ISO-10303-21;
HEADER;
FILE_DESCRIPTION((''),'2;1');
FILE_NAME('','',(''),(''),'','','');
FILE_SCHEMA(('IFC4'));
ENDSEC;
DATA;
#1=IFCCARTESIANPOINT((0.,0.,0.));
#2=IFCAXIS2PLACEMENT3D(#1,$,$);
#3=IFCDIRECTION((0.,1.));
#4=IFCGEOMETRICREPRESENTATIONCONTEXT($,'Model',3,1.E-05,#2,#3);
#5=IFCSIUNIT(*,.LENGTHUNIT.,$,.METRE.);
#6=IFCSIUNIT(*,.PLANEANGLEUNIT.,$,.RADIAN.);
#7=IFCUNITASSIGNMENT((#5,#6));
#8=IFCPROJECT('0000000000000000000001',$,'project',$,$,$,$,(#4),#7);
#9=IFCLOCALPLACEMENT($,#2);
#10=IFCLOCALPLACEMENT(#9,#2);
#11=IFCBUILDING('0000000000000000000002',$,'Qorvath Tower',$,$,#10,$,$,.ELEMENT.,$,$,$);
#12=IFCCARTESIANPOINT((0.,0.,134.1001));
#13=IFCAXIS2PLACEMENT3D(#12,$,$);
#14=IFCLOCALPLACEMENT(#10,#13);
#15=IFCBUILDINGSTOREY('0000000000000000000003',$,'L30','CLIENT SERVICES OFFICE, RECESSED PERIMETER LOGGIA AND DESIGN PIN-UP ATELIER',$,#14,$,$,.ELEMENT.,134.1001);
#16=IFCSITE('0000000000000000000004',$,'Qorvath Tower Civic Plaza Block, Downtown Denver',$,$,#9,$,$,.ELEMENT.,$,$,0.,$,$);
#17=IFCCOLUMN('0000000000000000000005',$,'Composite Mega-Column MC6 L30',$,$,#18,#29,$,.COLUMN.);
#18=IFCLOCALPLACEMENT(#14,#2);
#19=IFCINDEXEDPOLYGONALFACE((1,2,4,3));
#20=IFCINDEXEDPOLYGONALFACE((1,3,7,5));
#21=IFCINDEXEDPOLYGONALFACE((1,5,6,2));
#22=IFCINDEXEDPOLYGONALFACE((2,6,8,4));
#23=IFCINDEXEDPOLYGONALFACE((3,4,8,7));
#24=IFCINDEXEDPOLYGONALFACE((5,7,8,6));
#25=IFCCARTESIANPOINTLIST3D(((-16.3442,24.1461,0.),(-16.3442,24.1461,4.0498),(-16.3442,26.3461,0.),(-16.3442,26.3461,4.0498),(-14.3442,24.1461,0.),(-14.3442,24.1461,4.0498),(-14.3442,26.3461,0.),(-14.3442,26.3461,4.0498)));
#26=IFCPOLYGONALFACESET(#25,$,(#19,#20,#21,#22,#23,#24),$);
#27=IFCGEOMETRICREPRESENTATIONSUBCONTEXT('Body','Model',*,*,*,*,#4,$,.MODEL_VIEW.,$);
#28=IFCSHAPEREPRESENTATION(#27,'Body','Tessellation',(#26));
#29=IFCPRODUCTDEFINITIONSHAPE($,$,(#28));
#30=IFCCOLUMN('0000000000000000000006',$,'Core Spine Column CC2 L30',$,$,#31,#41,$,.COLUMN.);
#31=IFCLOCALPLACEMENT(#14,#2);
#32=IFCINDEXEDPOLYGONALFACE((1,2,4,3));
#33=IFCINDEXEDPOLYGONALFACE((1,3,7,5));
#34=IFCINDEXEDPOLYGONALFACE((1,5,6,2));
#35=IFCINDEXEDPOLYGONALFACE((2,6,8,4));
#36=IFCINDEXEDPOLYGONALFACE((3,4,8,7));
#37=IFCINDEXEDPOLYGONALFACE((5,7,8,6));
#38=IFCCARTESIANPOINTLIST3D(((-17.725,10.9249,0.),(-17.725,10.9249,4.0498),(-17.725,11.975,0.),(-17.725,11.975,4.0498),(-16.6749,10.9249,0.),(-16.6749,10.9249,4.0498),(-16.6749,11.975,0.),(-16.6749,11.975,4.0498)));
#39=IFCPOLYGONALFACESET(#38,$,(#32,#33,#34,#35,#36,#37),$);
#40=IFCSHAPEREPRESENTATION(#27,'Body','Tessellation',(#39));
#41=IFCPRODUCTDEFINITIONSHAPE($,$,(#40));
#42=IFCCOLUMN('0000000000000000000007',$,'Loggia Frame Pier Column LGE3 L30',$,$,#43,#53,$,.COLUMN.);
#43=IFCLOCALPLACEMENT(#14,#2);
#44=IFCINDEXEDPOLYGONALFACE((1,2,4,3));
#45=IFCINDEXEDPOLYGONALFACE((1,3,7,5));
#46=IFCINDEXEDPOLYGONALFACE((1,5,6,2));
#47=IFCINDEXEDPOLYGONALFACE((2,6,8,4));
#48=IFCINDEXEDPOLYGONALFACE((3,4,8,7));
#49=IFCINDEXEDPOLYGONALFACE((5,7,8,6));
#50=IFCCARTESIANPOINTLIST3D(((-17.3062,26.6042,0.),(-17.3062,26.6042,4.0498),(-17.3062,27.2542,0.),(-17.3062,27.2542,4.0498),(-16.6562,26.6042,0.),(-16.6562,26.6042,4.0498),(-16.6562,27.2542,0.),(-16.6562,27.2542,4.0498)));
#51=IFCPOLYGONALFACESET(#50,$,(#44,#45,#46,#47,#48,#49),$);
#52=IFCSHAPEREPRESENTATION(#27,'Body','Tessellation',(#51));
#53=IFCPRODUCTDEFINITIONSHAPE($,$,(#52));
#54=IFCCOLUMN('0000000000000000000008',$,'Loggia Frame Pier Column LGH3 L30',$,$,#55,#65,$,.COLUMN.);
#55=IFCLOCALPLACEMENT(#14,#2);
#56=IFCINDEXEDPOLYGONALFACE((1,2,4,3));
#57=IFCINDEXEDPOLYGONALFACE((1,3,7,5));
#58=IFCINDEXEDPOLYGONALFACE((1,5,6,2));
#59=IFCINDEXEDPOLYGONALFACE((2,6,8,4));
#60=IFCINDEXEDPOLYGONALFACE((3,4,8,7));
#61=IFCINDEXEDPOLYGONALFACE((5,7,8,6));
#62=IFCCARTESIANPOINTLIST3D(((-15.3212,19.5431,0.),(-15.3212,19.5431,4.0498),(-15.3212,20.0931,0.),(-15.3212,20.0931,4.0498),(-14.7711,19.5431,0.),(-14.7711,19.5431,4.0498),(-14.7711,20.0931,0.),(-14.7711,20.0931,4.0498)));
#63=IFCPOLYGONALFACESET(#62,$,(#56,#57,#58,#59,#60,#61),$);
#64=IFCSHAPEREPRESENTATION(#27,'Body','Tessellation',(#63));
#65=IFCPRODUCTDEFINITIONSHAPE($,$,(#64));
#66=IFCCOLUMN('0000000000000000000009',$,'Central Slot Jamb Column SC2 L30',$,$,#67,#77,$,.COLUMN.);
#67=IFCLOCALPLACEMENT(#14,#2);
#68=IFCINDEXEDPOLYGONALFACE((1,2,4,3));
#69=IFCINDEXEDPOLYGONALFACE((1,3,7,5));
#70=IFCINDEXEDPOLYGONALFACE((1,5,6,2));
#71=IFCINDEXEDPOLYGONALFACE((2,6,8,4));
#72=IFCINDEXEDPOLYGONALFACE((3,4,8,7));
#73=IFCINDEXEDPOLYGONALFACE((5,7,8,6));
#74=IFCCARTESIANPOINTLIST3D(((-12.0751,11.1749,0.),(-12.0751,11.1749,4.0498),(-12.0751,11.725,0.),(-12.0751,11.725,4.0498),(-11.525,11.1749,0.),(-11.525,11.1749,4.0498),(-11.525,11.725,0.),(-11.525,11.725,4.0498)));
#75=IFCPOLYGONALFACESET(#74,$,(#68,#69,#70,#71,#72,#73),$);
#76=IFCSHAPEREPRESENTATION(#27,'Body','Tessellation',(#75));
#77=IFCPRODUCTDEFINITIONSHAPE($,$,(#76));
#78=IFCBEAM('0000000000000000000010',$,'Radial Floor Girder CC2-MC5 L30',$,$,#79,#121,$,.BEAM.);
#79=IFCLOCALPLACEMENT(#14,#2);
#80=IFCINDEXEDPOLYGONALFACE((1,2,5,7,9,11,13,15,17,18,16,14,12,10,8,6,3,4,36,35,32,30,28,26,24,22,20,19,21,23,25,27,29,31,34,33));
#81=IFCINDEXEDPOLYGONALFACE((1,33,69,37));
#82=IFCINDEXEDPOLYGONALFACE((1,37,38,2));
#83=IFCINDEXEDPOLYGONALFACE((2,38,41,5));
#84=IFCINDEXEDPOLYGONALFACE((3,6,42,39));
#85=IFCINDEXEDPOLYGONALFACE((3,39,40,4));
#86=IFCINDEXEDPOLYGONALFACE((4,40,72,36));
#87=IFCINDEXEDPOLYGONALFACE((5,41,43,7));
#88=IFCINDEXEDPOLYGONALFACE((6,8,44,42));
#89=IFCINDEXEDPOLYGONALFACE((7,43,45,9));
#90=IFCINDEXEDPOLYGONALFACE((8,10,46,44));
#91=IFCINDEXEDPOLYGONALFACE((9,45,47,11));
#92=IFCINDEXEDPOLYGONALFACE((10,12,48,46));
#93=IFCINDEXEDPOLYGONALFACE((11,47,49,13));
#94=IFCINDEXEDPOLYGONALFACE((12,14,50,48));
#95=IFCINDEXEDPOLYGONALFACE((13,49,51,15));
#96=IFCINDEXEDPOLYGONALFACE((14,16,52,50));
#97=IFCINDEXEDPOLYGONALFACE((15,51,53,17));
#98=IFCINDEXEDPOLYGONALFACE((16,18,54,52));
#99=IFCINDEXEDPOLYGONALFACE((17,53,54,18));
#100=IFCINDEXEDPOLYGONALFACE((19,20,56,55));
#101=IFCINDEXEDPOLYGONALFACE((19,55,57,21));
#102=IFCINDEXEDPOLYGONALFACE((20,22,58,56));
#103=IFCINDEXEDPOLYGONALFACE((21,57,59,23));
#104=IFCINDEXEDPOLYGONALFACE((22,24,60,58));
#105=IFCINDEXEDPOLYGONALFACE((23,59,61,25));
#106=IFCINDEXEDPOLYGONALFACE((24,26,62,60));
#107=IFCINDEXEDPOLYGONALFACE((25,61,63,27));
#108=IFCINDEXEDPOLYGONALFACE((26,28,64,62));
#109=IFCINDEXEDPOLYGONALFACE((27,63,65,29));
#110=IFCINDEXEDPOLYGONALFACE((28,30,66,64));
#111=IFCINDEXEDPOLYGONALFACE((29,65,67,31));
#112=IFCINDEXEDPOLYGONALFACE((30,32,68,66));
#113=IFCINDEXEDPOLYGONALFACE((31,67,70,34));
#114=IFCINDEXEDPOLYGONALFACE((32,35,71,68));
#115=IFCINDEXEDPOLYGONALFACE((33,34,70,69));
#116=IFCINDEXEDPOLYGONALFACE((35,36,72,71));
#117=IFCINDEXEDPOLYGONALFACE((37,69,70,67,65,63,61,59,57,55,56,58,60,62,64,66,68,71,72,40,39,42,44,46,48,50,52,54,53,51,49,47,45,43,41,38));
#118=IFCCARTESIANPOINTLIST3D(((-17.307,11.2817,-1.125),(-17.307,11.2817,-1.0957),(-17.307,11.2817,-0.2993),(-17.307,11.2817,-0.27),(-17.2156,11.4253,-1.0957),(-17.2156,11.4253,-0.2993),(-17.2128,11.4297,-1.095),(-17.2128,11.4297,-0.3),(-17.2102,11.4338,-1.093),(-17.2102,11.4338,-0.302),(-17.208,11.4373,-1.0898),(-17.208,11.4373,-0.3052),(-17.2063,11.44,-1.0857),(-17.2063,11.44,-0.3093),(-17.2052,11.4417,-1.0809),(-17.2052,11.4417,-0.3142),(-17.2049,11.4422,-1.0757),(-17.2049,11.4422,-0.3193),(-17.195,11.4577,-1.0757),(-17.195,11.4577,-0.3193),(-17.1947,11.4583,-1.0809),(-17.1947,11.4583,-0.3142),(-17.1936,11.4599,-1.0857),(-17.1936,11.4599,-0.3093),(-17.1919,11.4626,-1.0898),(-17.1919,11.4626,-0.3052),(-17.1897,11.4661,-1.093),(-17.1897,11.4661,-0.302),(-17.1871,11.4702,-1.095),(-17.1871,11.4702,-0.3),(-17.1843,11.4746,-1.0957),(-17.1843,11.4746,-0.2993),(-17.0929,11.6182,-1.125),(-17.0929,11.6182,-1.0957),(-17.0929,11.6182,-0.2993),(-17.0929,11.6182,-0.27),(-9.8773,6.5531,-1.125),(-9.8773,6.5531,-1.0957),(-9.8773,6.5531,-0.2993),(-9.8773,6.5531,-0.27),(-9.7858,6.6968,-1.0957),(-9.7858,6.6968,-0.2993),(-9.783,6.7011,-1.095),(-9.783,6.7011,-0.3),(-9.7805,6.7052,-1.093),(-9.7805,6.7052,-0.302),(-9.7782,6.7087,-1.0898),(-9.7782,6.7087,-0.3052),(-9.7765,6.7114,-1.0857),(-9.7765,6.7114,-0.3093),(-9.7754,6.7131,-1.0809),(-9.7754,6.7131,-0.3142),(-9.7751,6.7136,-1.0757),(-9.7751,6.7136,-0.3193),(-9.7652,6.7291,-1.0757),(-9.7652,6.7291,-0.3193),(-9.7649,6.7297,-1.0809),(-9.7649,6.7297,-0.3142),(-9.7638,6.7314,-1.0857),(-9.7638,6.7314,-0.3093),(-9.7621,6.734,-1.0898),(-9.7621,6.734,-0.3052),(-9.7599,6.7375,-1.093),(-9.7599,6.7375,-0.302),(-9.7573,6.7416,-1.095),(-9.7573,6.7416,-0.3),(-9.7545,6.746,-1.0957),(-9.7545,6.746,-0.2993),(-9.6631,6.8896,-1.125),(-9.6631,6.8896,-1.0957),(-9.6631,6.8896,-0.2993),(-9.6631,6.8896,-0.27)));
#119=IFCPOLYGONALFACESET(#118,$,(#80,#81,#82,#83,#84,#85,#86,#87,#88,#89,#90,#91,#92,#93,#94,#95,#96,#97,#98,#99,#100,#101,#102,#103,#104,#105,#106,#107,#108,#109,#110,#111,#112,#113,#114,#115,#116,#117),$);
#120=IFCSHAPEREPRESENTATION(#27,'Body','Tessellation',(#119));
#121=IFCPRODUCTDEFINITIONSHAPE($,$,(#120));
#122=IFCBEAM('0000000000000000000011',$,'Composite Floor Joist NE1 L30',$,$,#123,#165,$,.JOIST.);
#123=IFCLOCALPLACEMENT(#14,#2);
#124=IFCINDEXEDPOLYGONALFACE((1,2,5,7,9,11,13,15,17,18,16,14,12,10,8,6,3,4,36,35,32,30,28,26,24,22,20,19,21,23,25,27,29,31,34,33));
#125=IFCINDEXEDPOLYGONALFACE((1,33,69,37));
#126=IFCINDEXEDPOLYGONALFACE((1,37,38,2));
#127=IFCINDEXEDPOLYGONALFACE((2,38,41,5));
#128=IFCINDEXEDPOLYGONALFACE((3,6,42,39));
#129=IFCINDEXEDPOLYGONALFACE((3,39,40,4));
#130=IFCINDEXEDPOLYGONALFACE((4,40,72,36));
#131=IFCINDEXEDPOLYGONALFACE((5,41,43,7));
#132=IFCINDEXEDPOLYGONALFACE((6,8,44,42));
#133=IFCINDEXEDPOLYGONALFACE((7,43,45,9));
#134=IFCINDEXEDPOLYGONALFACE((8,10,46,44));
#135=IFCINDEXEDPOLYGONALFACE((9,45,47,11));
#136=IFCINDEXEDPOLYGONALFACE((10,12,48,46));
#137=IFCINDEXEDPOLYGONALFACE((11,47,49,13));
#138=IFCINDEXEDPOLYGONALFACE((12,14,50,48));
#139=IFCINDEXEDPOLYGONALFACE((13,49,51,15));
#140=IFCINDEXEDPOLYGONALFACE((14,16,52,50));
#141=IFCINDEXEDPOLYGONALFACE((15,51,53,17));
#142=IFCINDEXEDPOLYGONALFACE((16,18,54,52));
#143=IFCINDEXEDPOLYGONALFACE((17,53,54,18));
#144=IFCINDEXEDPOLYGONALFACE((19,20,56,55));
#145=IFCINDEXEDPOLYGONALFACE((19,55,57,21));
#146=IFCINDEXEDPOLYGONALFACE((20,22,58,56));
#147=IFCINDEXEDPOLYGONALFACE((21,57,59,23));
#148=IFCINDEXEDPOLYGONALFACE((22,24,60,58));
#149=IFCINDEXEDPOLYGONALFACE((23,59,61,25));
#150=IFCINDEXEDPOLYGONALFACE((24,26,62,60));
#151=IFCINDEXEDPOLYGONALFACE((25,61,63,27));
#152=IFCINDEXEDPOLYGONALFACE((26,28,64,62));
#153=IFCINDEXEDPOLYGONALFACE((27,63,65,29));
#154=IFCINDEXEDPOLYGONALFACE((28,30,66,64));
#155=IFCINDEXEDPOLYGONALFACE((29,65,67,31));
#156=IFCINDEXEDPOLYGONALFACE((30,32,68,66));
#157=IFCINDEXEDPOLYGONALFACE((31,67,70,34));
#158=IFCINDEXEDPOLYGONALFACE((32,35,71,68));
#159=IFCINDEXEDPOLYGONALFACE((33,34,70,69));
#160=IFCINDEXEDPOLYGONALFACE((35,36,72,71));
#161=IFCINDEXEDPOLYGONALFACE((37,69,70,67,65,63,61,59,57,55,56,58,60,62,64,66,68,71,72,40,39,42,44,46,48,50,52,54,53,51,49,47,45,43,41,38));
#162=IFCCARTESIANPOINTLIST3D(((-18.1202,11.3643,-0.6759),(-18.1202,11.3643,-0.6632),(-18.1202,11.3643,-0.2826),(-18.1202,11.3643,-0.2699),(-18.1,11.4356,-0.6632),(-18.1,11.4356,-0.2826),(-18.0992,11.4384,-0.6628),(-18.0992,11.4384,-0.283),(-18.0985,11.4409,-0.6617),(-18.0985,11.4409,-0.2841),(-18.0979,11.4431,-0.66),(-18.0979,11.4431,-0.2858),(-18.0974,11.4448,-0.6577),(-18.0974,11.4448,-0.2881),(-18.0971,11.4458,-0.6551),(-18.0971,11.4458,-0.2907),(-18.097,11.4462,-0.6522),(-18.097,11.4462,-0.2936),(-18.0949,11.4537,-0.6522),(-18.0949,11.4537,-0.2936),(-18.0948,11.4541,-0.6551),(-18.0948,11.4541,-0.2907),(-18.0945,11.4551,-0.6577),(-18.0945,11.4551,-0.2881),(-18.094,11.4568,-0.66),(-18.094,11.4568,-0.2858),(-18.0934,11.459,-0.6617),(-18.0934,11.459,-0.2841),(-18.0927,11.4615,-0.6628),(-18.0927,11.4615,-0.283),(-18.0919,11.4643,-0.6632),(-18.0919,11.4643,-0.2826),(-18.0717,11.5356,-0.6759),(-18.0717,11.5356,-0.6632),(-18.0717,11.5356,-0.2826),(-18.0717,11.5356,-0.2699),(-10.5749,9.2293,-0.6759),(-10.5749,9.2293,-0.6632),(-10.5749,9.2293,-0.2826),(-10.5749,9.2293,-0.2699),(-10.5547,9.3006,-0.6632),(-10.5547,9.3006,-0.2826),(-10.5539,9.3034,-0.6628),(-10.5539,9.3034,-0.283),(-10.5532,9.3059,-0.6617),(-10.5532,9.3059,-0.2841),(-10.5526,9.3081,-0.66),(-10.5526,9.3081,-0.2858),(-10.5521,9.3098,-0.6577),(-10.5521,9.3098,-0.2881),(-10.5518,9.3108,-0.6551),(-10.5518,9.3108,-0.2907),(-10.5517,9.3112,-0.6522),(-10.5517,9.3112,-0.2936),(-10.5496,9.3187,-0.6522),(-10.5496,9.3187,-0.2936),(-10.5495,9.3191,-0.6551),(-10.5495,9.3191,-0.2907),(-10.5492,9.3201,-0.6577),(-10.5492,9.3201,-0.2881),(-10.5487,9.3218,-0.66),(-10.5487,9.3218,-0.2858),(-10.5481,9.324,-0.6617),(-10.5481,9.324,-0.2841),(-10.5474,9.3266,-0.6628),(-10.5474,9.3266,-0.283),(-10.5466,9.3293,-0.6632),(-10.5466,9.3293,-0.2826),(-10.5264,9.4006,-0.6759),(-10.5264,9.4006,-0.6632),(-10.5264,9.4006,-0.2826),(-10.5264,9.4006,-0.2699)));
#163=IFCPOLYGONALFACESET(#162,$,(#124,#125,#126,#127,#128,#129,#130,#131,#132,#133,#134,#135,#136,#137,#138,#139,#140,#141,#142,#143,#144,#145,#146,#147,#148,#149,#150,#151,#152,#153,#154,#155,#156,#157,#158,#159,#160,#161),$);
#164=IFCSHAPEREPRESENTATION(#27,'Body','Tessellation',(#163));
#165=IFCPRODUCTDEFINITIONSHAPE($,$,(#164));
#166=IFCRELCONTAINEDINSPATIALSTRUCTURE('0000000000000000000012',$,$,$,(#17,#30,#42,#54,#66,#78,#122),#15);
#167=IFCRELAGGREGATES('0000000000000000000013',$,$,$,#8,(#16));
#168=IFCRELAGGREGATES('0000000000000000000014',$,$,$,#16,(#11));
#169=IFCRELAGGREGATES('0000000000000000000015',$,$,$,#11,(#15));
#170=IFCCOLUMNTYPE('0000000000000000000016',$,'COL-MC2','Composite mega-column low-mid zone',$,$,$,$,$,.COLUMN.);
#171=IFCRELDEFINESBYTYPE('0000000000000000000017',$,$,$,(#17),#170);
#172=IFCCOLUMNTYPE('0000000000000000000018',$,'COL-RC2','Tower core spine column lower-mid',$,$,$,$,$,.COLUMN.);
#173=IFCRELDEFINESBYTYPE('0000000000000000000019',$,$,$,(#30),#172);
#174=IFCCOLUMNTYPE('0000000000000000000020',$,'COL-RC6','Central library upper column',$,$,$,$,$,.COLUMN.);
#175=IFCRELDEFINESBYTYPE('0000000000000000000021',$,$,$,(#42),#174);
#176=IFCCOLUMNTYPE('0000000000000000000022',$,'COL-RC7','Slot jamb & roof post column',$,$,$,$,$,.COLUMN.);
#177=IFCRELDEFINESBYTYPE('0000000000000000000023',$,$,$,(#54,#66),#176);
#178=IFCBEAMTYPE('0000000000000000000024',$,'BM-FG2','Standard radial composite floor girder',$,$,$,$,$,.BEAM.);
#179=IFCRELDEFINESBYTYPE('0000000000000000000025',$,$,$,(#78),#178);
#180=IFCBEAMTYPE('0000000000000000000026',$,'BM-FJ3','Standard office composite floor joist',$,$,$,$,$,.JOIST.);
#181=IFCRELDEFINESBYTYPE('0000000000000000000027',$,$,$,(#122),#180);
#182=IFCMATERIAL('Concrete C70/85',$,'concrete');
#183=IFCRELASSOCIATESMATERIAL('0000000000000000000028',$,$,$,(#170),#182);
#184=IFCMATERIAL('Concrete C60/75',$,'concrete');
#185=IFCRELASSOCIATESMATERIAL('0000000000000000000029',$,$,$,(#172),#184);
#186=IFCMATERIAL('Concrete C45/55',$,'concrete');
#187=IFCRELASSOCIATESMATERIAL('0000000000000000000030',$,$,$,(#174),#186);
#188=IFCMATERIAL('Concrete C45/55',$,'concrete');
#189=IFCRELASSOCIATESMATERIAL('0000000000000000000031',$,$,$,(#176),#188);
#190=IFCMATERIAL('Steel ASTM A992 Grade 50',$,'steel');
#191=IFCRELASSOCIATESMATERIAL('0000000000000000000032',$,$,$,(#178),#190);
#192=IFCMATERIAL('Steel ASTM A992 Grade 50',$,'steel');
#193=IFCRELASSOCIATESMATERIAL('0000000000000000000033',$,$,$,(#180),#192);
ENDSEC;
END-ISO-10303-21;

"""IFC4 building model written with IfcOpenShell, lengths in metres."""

from ifc_helpers import new_model, si_unit, direction, frame, origin, origin_2d, place, context, subcontext, project, spatial, rectangle, i_section, extrude, material, material_profile, profile_set, type_object, element, save


model = new_model("IFC4")

# Units and contexts
model_context = context("Model", 3, precision=1e-05, world=origin(), true_north=direction((0.0, 1.0)))
body_context = subcontext(model_context, "Body", "Model", "MODEL_VIEW")
ifc_project = project(units=[si_unit("LENGTHUNIT", "METRE"), si_unit("PLANEANGLEUNIT", "RADIAN")], contexts=[model_context])

# Site, building, storey
site_placement = place(None, origin())
site = spatial("IfcSite", under=ifc_project, at=site_placement, Name="Qorvath Tower Civic Plaza Block, Downtown Denver", CompositionType="ELEMENT", RefElevation=0.0)
building_placement = place(site_placement, origin())
building = spatial("IfcBuilding", under=site, at=building_placement, Name="Qorvath Tower", CompositionType="ELEMENT")
storey_placement = place(building_placement, frame((0.0, 0.0, 134.1001)))
storey = spatial("IfcBuildingStorey", under=building, at=storey_placement, Name="L30", Description="CLIENT SERVICES OFFICE, RECESSED PERIMETER LOGGIA AND DESIGN PIN-UP ATELIER", CompositionType="ELEMENT", Elevation=134.1001)

# Columns
ifc_material_1 = material(Name="Concrete C70/85", Category="concrete")
ifc_material_profile_1 = material_profile(ifc_material_1, rectangle(XDim=2.0, YDim=2.2, at=origin_2d()), Name="MC 2200x2000")
ifc_profile_set_1 = profile_set([ifc_material_profile_1], Name="Concrete C70/85")
column_type_1 = type_object("IfcColumnType", Name="COL-MC2", Description="Composite mega-column low-mid zone", PredefinedType="COLUMN", material=ifc_profile_set_1)
column_1_placement = place(storey_placement, frame((-15.3442, 25.2461, 0.0), z_axis=(0.0, 0.0, 1.0), x_axis=(1.0, 0.0, 0.0)))
element("IfcColumn", 1, at=column_1_placement, inside=storey, type_object=column_type_1, Name="Composite Mega-Column MC6 L30", PredefinedType="COLUMN", context=body_context, shape_type="SweptSolid", body=[
    extrude(rectangle(XDim=2.0, YDim=2.2, at=origin_2d()), origin(), (0.0, 0.0, 1.0), 4.0498),
])
ifc_material_2 = material(Name="Concrete C60/75", Category="concrete")
ifc_material_profile_2 = material_profile(ifc_material_2, rectangle(XDim=1.05, YDim=1.05, at=origin_2d()), Name="RC 1050x1050")
ifc_profile_set_2 = profile_set([ifc_material_profile_2], Name="Concrete C60/75")
column_type_2 = type_object("IfcColumnType", Name="COL-RC2", Description="Tower core spine column lower-mid", PredefinedType="COLUMN", material=ifc_profile_set_2)
column_2_placement = place(storey_placement, frame((-17.2, 11.45, 0.0), z_axis=(0.0, 0.0, 1.0), x_axis=(1.0, 0.0, 0.0)))
element("IfcColumn", 2, at=column_2_placement, inside=storey, type_object=column_type_2, Name="Core Spine Column CC2 L30", PredefinedType="COLUMN", context=body_context, shape_type="SweptSolid", body=[
    extrude(rectangle(XDim=1.05, YDim=1.05, at=origin_2d()), origin(), (0.0, 0.0, 1.0), 4.0498),
])
ifc_material_3 = material(Name="Concrete C45/55", Category="concrete")
ifc_material_profile_3 = material_profile(ifc_material_3, rectangle(XDim=0.6499, YDim=0.6499, at=origin_2d()), Name="RC 650x650")
ifc_profile_set_3 = profile_set([ifc_material_profile_3], Name="Concrete C45/55")
column_type_3 = type_object("IfcColumnType", Name="COL-RC6", Description="Central library upper column", PredefinedType="COLUMN", material=ifc_profile_set_3)
column_3_placement = place(storey_placement, frame((-16.9812, 26.9292, 0.0), z_axis=(0.0, 0.0, 1.0), x_axis=(1.0, 0.0, 0.0)))
element("IfcColumn", 3, at=column_3_placement, inside=storey, type_object=column_type_3, Name="Loggia Frame Pier Column LGE3 L30", PredefinedType="COLUMN", context=body_context, shape_type="SweptSolid", body=[
    extrude(rectangle(XDim=0.6499, YDim=0.6499, at=origin_2d()), origin(), (0.0, 0.0, 1.0), 4.0498),
])
ifc_material_4 = material(Name="Concrete C45/55", Category="concrete")
ifc_material_profile_4 = material_profile(ifc_material_4, rectangle(XDim=0.55, YDim=0.55, at=origin_2d()), Name="RC 550x550")
ifc_profile_set_4 = profile_set([ifc_material_profile_4], Name="Concrete C45/55")
column_type_4 = type_object("IfcColumnType", Name="COL-RC7", Description="Slot jamb & roof post column", PredefinedType="COLUMN", material=ifc_profile_set_4)
for number, where, z_axis, x_axis, name in (
    (4, (-15.0461, 19.8181, 0.0), (0.0, 0.0, 1.0), (1.0, 0.0, 0.0), "Loggia Frame Pier Column LGH3 L30"),
    (5, (-11.8, 11.45, 0.0), (0.0, 0.0, 1.0), (1.0, 0.0, 0.0), "Central Slot Jamb Column SC2 L30"),
):
    element("IfcColumn", number, at=place(storey_placement, frame(where, z_axis=z_axis, x_axis=x_axis)), inside=storey, type_object=column_type_4, Name=name, PredefinedType="COLUMN", context=body_context, shape_type="SweptSolid", body=[
        extrude(rectangle(XDim=0.55, YDim=0.55, at=origin_2d()), origin(), (0.0, 0.0, 1.0), 4.0498),
    ])

# Beams
ifc_material_5 = material(Name="Steel ASTM A992 Grade 50", Category="steel")
ifc_material_profile_5 = material_profile(ifc_material_5, i_section(OverallWidth=0.3989, OverallDepth=0.855, WebThickness=0.0183, FlangeThickness=0.0293, FilletRadius=0.02, at=origin_2d()), Name="W33x201")
ifc_profile_set_5 = profile_set([ifc_material_profile_5], Name="Steel ASTM A992 Grade 50")
beam_type_1 = type_object("IfcBeamType", Name="BM-FG2", Description="Standard radial composite floor girder", PredefinedType="BEAM", material=ifc_profile_set_5)
beam_1_placement = place(storey_placement, frame((-17.2, 11.45, -0.6975), z_axis=(0.843634, -0.536919, 0.0), x_axis=(0.536919, 0.843634, 0.0)))
element("IfcBeam", 6, at=beam_1_placement, inside=storey, type_object=beam_type_1, Name="Radial Floor Girder CC2-MC5 L30", PredefinedType="BEAM", context=body_context, shape_type="SweptSolid", body=[
    extrude(i_section(OverallWidth=0.3989, OverallDepth=0.855, WebThickness=0.0183, FlangeThickness=0.0293, FilletRadius=0.02, at=origin_2d()), origin(), (0.0, 0.0, 1.0), 8.8069),
])
ifc_material_6 = material(Name="Steel ASTM A992 Grade 50", Category="steel")
ifc_material_profile_6 = material_profile(ifc_material_6, i_section(OverallWidth=0.178, OverallDepth=0.406, WebThickness=0.0078, FlangeThickness=0.0127, FilletRadius=0.011, at=origin_2d()), Name="W16x40")
ifc_profile_set_6 = profile_set([ifc_material_profile_6], Name="Steel ASTM A992 Grade 50")
beam_type_2 = type_object("IfcBeamType", Name="BM-FJ3", Description="Standard office composite floor joist", PredefinedType="JOIST", material=ifc_profile_set_6)
beam_2_placement = place(storey_placement, frame((-18.0959, 11.45, -0.4729), z_axis=(0.962222, -0.272265, 0.0), x_axis=(0.272265, 0.962222, 0.0)))
element("IfcBeam", 7, at=beam_2_placement, inside=storey, type_object=beam_type_2, Name="Composite Floor Joist NE1 L30", PredefinedType="JOIST", context=body_context, shape_type="SweptSolid", body=[
    extrude(i_section(OverallWidth=0.178, OverallDepth=0.406, WebThickness=0.0078, FlangeThickness=0.0127, FilletRadius=0.011, at=origin_2d()), origin(), (0.0, 0.0, 1.0), 7.8416),
])

save(model, "model.ifc")
